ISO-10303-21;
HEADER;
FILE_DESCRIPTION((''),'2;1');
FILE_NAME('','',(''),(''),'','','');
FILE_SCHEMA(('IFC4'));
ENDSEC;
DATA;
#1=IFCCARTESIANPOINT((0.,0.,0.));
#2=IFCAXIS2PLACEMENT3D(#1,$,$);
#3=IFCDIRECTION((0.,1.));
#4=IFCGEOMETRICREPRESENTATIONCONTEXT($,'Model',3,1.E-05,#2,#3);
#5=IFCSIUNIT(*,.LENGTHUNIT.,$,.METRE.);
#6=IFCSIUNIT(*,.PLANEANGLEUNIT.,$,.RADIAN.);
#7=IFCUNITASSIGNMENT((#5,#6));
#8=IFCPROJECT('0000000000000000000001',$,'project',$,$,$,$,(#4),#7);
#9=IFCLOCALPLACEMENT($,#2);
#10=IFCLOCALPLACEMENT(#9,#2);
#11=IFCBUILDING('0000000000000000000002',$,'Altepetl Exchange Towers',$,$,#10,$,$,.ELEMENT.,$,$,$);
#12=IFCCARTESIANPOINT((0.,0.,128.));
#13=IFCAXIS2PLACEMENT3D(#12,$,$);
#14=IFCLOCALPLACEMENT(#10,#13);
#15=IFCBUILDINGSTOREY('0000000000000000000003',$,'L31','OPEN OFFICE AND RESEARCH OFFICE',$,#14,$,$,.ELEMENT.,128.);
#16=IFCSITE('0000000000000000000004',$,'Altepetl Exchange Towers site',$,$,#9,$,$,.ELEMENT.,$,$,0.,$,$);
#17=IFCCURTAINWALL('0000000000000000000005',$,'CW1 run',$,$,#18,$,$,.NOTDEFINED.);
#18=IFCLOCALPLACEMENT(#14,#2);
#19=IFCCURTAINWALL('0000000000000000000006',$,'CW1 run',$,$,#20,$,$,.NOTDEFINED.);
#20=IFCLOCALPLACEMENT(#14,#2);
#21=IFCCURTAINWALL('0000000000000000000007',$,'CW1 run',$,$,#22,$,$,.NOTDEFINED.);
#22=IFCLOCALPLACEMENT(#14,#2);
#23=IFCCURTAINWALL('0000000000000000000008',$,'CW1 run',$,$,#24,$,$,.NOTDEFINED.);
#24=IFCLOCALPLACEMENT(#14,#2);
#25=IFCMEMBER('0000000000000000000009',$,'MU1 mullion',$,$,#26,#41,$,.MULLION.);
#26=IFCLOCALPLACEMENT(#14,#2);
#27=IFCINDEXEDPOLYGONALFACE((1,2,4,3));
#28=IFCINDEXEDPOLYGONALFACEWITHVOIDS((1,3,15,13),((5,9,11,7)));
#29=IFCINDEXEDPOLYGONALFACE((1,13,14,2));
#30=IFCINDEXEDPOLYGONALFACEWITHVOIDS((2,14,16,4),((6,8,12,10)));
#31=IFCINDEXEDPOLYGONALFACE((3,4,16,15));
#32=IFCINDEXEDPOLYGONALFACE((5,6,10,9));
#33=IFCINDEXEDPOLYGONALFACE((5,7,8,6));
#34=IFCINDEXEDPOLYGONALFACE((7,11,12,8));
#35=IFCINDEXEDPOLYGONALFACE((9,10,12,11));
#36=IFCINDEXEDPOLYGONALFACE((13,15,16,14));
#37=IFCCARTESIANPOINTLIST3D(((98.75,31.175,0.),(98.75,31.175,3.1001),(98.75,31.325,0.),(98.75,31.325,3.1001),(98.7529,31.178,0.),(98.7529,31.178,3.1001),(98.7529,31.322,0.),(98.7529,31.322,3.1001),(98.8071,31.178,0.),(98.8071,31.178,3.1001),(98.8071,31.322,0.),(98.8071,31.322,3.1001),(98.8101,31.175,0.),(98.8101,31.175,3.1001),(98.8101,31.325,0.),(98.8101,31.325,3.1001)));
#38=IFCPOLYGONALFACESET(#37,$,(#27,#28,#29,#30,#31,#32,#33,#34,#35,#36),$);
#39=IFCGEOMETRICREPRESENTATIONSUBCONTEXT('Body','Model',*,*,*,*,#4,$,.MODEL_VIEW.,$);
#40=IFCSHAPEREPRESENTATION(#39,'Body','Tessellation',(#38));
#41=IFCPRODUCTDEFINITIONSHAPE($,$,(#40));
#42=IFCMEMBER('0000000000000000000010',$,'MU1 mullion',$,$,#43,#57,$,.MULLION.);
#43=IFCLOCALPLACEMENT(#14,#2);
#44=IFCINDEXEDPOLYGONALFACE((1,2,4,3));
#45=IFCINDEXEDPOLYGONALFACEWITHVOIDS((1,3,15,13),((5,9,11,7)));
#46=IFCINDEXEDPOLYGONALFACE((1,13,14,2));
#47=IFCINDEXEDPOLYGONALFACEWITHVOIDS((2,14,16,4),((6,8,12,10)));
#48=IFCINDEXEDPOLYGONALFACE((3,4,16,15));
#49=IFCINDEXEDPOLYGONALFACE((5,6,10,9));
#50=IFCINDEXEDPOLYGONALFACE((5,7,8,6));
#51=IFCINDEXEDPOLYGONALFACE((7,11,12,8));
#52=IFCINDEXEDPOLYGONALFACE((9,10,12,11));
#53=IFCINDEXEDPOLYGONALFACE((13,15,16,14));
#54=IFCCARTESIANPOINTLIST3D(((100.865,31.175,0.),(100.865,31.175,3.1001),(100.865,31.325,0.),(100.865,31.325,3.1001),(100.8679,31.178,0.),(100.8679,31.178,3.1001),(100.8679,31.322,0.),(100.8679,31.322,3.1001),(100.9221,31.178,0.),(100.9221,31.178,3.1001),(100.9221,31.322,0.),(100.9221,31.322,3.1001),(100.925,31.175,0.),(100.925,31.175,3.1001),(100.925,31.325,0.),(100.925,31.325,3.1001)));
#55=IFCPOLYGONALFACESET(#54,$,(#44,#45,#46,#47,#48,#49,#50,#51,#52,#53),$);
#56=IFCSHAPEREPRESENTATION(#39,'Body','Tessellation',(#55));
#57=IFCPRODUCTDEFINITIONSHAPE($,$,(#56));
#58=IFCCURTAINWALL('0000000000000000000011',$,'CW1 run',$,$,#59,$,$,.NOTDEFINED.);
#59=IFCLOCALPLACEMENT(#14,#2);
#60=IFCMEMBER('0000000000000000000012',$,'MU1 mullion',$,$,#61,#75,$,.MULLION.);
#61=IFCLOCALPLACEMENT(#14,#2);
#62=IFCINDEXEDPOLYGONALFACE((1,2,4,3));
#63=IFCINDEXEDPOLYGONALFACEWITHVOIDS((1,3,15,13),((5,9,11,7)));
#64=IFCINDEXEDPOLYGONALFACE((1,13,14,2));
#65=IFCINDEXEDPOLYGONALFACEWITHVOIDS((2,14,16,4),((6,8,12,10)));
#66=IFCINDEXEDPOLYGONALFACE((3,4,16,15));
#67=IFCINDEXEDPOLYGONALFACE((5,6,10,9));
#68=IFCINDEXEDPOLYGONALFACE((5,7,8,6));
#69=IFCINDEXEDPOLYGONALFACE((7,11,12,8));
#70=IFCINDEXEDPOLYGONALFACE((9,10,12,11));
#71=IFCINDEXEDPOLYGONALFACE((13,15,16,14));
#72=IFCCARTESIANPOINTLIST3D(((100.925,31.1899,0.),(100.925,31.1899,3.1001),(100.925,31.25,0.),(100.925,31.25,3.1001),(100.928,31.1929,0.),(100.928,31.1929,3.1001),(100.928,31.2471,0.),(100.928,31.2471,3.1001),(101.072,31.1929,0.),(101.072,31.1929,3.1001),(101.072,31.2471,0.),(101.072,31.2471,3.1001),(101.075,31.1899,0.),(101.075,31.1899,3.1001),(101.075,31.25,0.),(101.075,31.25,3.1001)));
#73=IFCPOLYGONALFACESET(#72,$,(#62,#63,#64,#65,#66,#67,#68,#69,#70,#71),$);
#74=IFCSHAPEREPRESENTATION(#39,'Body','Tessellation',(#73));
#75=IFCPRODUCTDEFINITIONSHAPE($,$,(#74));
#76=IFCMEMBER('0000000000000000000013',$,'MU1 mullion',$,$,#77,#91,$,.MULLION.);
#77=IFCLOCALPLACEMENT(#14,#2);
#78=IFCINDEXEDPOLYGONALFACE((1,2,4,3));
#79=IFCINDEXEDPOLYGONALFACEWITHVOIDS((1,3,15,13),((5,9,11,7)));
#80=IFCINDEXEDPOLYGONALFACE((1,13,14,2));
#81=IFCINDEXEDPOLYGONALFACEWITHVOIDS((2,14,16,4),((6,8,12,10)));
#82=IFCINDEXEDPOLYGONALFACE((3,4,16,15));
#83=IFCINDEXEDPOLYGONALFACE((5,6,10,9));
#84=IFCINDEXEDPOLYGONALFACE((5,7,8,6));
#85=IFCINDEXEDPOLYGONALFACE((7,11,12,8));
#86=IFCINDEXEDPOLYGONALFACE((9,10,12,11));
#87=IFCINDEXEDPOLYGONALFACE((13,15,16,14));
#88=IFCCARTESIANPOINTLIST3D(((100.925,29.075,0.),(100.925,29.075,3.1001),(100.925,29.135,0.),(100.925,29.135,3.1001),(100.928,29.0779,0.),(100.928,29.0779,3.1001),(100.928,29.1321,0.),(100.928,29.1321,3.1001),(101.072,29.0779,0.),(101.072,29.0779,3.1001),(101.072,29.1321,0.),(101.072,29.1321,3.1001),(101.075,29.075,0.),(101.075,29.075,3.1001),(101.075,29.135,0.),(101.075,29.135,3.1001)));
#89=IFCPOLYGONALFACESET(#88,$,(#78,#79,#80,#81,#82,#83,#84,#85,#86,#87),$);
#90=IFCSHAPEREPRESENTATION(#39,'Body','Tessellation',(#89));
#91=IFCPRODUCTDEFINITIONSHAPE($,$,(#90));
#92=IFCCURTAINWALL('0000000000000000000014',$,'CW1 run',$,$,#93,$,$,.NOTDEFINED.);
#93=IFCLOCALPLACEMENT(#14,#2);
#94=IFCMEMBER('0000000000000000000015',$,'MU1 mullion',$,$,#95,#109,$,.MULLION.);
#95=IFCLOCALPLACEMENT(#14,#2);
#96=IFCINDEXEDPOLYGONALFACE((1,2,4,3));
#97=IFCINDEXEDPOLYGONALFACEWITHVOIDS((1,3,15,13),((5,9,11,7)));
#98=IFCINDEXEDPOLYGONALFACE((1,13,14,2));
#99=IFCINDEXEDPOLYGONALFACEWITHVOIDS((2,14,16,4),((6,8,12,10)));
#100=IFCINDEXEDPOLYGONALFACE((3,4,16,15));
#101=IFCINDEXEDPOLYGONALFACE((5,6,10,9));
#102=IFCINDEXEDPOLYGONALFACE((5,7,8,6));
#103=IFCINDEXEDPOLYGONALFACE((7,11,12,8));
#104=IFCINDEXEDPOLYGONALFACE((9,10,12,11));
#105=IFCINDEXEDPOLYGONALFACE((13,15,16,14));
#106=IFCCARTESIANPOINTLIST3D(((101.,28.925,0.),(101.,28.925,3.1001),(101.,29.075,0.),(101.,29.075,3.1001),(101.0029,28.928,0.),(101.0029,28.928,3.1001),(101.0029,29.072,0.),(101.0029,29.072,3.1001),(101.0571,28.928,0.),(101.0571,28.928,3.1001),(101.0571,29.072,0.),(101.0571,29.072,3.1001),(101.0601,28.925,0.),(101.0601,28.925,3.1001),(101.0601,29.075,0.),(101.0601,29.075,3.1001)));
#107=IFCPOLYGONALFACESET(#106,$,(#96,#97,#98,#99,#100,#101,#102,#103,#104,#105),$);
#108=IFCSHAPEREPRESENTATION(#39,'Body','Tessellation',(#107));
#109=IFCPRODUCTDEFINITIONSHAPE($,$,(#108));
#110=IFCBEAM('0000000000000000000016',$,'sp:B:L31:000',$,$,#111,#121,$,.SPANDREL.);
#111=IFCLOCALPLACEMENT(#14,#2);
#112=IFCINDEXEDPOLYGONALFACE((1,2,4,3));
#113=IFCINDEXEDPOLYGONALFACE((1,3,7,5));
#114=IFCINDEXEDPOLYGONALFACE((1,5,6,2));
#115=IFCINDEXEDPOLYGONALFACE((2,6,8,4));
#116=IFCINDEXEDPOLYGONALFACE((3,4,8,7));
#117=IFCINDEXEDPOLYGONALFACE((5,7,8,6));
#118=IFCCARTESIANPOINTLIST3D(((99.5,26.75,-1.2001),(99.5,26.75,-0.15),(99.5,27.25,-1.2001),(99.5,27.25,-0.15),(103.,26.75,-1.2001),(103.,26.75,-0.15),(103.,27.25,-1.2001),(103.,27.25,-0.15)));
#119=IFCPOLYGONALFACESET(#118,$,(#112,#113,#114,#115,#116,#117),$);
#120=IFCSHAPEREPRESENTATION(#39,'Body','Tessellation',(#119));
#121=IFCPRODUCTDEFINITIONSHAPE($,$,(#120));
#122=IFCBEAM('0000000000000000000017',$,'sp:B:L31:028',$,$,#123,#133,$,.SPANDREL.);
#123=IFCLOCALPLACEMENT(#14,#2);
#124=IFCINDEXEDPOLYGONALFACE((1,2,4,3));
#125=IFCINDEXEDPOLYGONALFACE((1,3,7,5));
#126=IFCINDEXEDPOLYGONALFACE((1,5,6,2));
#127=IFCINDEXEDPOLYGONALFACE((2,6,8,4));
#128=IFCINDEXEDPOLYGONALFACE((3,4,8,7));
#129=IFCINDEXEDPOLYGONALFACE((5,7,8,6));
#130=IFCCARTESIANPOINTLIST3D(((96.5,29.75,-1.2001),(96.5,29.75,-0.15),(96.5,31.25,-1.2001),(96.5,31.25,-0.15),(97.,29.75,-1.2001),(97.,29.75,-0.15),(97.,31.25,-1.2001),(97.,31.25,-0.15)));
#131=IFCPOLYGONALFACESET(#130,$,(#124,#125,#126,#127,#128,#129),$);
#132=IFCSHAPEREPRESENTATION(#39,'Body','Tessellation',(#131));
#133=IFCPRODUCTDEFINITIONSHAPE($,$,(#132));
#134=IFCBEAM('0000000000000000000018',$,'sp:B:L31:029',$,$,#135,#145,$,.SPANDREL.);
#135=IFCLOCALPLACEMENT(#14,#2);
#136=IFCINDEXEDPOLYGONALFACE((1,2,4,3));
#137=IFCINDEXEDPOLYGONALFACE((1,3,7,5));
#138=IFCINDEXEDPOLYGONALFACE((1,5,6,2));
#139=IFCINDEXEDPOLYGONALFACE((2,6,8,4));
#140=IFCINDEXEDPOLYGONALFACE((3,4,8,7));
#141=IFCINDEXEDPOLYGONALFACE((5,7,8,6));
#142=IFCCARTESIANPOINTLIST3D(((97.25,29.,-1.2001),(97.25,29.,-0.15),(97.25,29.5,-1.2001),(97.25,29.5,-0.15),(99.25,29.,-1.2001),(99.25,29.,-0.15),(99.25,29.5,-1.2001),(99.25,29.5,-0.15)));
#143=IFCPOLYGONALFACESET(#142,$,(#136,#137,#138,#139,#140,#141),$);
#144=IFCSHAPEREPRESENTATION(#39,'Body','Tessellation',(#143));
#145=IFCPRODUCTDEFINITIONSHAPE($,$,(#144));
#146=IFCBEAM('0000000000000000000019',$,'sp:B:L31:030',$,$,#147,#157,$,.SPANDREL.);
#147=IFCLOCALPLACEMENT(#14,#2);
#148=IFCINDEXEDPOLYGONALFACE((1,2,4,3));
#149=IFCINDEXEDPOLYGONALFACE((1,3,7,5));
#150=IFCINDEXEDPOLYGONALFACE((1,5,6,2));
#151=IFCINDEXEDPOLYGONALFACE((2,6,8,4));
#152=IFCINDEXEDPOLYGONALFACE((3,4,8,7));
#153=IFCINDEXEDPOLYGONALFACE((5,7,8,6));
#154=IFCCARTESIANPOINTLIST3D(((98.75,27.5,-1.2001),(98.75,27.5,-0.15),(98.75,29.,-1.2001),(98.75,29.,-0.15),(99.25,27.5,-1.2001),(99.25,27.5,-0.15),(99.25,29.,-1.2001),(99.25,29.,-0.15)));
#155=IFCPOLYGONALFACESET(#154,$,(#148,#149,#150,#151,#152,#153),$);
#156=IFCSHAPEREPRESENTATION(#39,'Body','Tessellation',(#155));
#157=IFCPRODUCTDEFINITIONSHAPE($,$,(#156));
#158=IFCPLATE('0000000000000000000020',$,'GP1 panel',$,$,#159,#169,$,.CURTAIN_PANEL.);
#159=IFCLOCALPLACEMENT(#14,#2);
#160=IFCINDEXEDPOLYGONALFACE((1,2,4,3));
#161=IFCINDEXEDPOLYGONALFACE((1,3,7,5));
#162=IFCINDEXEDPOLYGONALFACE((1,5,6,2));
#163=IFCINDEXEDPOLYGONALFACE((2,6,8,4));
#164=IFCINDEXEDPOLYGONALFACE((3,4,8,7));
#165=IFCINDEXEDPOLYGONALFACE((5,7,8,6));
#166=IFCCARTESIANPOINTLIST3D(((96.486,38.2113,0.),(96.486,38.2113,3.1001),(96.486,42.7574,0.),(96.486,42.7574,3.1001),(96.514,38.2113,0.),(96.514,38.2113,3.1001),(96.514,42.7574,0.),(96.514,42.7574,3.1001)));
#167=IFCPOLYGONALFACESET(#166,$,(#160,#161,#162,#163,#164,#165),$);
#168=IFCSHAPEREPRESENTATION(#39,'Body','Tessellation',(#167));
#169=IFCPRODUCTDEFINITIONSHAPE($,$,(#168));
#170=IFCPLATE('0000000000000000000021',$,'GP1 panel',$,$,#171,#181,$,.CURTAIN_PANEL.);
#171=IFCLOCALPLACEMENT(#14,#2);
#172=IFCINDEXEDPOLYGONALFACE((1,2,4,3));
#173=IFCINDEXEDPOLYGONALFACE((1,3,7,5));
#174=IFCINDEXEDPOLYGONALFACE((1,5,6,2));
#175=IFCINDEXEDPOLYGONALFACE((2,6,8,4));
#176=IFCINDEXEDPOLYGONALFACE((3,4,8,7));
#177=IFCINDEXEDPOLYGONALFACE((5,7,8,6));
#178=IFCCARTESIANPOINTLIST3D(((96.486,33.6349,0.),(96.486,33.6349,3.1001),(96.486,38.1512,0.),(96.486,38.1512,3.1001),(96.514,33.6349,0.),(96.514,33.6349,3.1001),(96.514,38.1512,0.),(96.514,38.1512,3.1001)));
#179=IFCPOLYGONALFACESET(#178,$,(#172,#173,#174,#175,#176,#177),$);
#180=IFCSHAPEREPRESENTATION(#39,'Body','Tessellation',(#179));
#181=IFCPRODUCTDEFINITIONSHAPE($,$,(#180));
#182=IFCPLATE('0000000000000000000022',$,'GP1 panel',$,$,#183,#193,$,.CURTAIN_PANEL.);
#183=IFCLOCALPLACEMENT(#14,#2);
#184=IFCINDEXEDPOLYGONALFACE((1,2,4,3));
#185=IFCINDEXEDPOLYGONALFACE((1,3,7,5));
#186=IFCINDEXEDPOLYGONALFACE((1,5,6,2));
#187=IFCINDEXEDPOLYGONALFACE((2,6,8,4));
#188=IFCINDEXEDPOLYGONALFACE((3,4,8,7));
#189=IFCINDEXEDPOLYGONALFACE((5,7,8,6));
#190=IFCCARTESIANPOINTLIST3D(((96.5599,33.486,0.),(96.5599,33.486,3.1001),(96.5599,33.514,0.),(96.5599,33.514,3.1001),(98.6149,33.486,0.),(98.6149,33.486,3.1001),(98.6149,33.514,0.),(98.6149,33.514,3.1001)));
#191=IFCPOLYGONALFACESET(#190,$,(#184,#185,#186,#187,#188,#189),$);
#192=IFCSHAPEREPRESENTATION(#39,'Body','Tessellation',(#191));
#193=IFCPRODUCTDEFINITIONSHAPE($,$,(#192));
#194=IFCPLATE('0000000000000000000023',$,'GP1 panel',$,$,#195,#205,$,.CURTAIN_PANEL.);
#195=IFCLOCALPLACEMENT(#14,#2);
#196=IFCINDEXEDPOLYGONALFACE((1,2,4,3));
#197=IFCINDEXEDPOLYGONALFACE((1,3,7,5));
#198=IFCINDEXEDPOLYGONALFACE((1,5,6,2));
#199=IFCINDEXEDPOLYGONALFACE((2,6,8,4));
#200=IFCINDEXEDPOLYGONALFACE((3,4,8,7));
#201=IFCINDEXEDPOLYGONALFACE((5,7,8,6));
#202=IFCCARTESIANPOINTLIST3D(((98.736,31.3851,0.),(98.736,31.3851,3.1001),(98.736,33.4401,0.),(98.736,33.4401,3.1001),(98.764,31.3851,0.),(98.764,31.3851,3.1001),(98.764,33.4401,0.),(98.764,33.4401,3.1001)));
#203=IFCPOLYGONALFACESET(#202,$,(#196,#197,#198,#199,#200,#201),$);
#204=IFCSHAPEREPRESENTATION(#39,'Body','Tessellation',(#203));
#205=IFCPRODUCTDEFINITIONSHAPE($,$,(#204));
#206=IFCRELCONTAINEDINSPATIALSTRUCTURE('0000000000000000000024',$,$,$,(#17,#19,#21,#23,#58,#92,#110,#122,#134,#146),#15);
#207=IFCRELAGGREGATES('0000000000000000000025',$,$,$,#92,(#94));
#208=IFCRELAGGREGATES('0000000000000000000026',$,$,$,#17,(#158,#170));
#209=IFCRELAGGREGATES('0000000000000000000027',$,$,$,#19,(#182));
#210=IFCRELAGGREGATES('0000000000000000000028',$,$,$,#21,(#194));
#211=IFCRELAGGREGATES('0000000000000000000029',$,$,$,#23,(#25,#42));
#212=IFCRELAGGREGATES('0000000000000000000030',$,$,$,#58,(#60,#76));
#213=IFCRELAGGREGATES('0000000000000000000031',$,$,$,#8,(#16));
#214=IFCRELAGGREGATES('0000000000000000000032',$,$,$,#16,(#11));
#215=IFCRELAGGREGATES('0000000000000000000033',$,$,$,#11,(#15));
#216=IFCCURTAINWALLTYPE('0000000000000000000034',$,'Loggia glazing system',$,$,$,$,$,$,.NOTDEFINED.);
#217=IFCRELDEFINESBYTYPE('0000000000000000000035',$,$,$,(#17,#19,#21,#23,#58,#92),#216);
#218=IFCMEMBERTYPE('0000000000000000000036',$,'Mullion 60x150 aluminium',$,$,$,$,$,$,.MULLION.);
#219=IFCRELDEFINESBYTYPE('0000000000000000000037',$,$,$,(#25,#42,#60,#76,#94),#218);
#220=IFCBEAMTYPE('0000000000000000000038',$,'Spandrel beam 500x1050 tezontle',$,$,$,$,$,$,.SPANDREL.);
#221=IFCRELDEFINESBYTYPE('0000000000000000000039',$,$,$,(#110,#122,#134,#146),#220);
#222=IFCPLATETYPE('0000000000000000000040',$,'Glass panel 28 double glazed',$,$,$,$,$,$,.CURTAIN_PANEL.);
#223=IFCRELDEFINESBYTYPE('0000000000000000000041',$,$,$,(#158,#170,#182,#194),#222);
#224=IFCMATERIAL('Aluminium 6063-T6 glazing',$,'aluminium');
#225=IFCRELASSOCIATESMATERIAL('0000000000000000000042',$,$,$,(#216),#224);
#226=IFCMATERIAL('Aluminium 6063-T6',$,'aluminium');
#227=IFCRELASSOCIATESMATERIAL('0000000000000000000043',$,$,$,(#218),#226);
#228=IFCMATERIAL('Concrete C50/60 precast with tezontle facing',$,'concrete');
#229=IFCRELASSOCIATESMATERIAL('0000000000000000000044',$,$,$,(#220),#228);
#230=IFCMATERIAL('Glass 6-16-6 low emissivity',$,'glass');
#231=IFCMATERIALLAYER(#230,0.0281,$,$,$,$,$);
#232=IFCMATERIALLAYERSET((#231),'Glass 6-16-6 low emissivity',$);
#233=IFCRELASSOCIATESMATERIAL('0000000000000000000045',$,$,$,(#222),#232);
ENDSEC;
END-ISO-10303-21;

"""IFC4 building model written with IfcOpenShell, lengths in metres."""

from ifc_helpers import new_model, si_unit, direction, frame, origin, origin_2d, place, context, subcontext, project, spatial, rectangle, hollow_rectangle, extrude, material, layer, layer_set, material_profile, profile_set, type_object, element, aggregate, save


model = new_model("IFC4")

# Units and contexts
model_context = context("Model", 3, precision=1e-05, world=origin(), true_north=direction((0.0, 1.0)))
body_context = subcontext(model_context, "Body", "Model", "MODEL_VIEW")
ifc_project = project(units=[si_unit("LENGTHUNIT", "METRE"), si_unit("PLANEANGLEUNIT", "RADIAN")], contexts=[model_context])

# Site, building, storey
site_placement = place(None, origin())
site = spatial("IfcSite", under=ifc_project, at=site_placement, Name="Altepetl Exchange Towers site", CompositionType="ELEMENT", RefElevation=0.0)
building_placement = place(site_placement, origin())
building = spatial("IfcBuilding", under=site, at=building_placement, Name="Altepetl Exchange Towers", CompositionType="ELEMENT")
storey_placement = place(building_placement, frame((0.0, 0.0, 128.0)))
storey = spatial("IfcBuildingStorey", under=building, at=storey_placement, Name="L31", Description="OPEN OFFICE AND RESEARCH OFFICE", CompositionType="ELEMENT", Elevation=128.0)

# Curtain walls, members
ifc_material_1 = material(Name="Aluminium 6063-T6 glazing", Category="aluminium")
curtain_wall_type = type_object("IfcCurtainWallType", Name="Loggia glazing system", PredefinedType="NOTDEFINED", material=ifc_material_1)
curtain_wall_1_placement = place(storey_placement, origin())
curtain_wall_1 = element("IfcCurtainWall", 1, at=curtain_wall_1_placement, inside=storey, type_object=curtain_wall_type, Name="CW1 run", PredefinedType="NOTDEFINED")
ifc_material_2 = material(Name="Aluminium 6063-T6", Category="aluminium")
ifc_material_profile_1 = material_profile(ifc_material_2, hollow_rectangle(XDim=0.0601, YDim=0.1499, WallThickness=0.0029, at=origin_2d()), Name="Mullion 60x150 aluminium")
ifc_profile_set_1 = profile_set([ifc_material_profile_1], Name="Aluminium 6063-T6")
member_type = type_object("IfcMemberType", Name="Mullion 60x150 aluminium", PredefinedType="MULLION", material=ifc_profile_set_1)
curtain_wall_2_placement = place(storey_placement, origin())
curtain_wall_2 = element("IfcCurtainWall", 2, at=curtain_wall_2_placement, inside=storey, type_object=curtain_wall_type, Name="CW1 run", PredefinedType="NOTDEFINED")
curtain_wall_3_placement = place(storey_placement, origin())
curtain_wall_3 = element("IfcCurtainWall", 3, at=curtain_wall_3_placement, inside=storey, type_object=curtain_wall_type, Name="CW1 run", PredefinedType="NOTDEFINED")
curtain_wall_4_placement = place(storey_placement, origin())
curtain_wall_4 = element("IfcCurtainWall", 4, at=curtain_wall_4_placement, inside=storey, type_object=curtain_wall_type, Name="CW1 run", PredefinedType="NOTDEFINED")
member_1_placement = place(storey_placement, frame((98.78, 31.25, 0.0)))
member_1 = element("IfcMember", 5, at=member_1_placement, type_object=member_type, Name="MU1 mullion", PredefinedType="MULLION", context=body_context, shape_type="SweptSolid", body=[
    extrude(hollow_rectangle(XDim=0.0601, YDim=0.1499, WallThickness=0.0029, at=origin_2d()), origin(), (0.0, 0.0, 1.0), 3.1001),
])
member_2_placement = place(storey_placement, frame((100.895, 31.25, 0.0)))
member_2 = element("IfcMember", 6, at=member_2_placement, type_object=member_type, Name="MU1 mullion", PredefinedType="MULLION", context=body_context, shape_type="SweptSolid", body=[
    extrude(hollow_rectangle(XDim=0.0601, YDim=0.1499, WallThickness=0.0029, at=origin_2d()), origin(), (0.0, 0.0, 1.0), 3.1001),
])
curtain_wall_5_placement = place(storey_placement, origin())
curtain_wall_5 = element("IfcCurtainWall", 7, at=curtain_wall_5_placement, inside=storey, type_object=curtain_wall_type, Name="CW1 run", PredefinedType="NOTDEFINED")
member_3_placement = place(storey_placement, frame((101.0, 31.22, 0.0), z_axis=(0.0, 0.0, 1.0), x_axis=(0.0, -1.0, 0.0)))
member_3 = element("IfcMember", 8, at=member_3_placement, type_object=member_type, Name="MU1 mullion", PredefinedType="MULLION", context=body_context, shape_type="SweptSolid", body=[
    extrude(hollow_rectangle(XDim=0.0601, YDim=0.1499, WallThickness=0.0029, at=origin_2d()), origin(), (0.0, 0.0, 1.0), 3.1001),
])
member_4_placement = place(storey_placement, frame((101.0, 29.105, 0.0), z_axis=(0.0, 0.0, 1.0), x_axis=(0.0, -1.0, 0.0)))
member_4 = element("IfcMember", 9, at=member_4_placement, type_object=member_type, Name="MU1 mullion", PredefinedType="MULLION", context=body_context, shape_type="SweptSolid", body=[
    extrude(hollow_rectangle(XDim=0.0601, YDim=0.1499, WallThickness=0.0029, at=origin_2d()), origin(), (0.0, 0.0, 1.0), 3.1001),
])

# Curtain wall, member
curtain_wall_6_placement = place(storey_placement, origin())
curtain_wall_6 = element("IfcCurtainWall", 10, at=curtain_wall_6_placement, inside=storey, type_object=curtain_wall_type, Name="CW1 run", PredefinedType="NOTDEFINED")
member_5_placement = place(storey_placement, frame((101.03, 29.0, 0.0)))
member_5 = element("IfcMember", 11, at=member_5_placement, type_object=member_type, Name="MU1 mullion", PredefinedType="MULLION", context=body_context, shape_type="SweptSolid", body=[
    extrude(hollow_rectangle(XDim=0.0601, YDim=0.1499, WallThickness=0.0029, at=origin_2d()), origin(), (0.0, 0.0, 1.0), 3.1001),
])
aggregate(curtain_wall_6, [member_5])

# Beams
ifc_material_3 = material(Name="Concrete C50/60 precast with tezontle facing", Category="concrete")
ifc_material_profile_2 = material_profile(ifc_material_3, rectangle(XDim=0.5, YDim=1.05, at=origin_2d()), Name="500 x 1050")
ifc_profile_set_2 = profile_set([ifc_material_profile_2], Name="Concrete C50/60 precast with tezontle facing")
beam_type_1 = type_object("IfcBeamType", Name="Spandrel beam 500x1050 tezontle", PredefinedType="SPANDREL", material=ifc_profile_set_2)
beam_1_placement = place(storey_placement, frame((99.5, 27.0, -0.675), z_axis=(1.0, 0.0, 0.0), x_axis=(0.0, 1.0, 0.0)))
element("IfcBeam", 12, at=beam_1_placement, inside=storey, type_object=beam_type_1, Name="sp:B:L31:000", PredefinedType="SPANDREL", context=body_context, shape_type="SweptSolid", body=[
    extrude(rectangle(XDim=0.5, YDim=1.05, at=origin_2d()), origin(), (0.0, 0.0, 1.0), 3.5),
])
beam_2_placement = place(storey_placement, frame((96.75, 31.25, -0.675), z_axis=(0.0, -1.0, 0.0), x_axis=(1.0, 0.0, 0.0)))
element("IfcBeam", 13, at=beam_2_placement, inside=storey, type_object=beam_type_1, Name="sp:B:L31:028", PredefinedType="SPANDREL", context=body_context, shape_type="SweptSolid", body=[
    extrude(rectangle(XDim=0.5, YDim=1.05, at=origin_2d()), origin(), (0.0, 0.0, 1.0), 1.5),
])
beam_3_placement = place(storey_placement, frame((97.25, 29.25, -0.675), z_axis=(1.0, 0.0, 0.0), x_axis=(0.0, 1.0, 0.0)))
element("IfcBeam", 14, at=beam_3_placement, inside=storey, type_object=beam_type_1, Name="sp:B:L31:029", PredefinedType="SPANDREL", context=body_context, shape_type="SweptSolid", body=[
    extrude(rectangle(XDim=0.5, YDim=1.05, at=origin_2d()), origin(), (0.0, 0.0, 1.0), 2.0),
])
beam_4_placement = place(storey_placement, frame((99.0, 29.0, -0.675), z_axis=(0.0, -1.0, 0.0), x_axis=(1.0, 0.0, 0.0)))
element("IfcBeam", 15, at=beam_4_placement, inside=storey, type_object=beam_type_1, Name="sp:B:L31:030", PredefinedType="SPANDREL", context=body_context, shape_type="SweptSolid", body=[
    extrude(rectangle(XDim=0.5, YDim=1.05, at=origin_2d()), origin(), (0.0, 0.0, 1.0), 1.5),
])

# Plates
ifc_material_4 = material(Name="Glass 6-16-6 low emissivity", Category="glass")
ifc_layer_1 = layer(ifc_material_4, 0.0281)
ifc_layer_set_1 = layer_set([ifc_layer_1], Name="Glass 6-16-6 low emissivity")
plate_type = type_object("IfcPlateType", Name="Glass panel 28 double glazed", PredefinedType="CURTAIN_PANEL", material=ifc_layer_set_1)
plate_1_placement = place(storey_placement, frame((96.5, 40.4844, 0.0), z_axis=(0.0, 0.0, 1.0), x_axis=(0.0, -1.0, 0.0)))
plate_1 = element("IfcPlate", 16, at=plate_1_placement, type_object=plate_type, Name="GP1 panel", PredefinedType="CURTAIN_PANEL", context=body_context, shape_type="SweptSolid", body=[
    extrude(rectangle(XDim=4.5461, YDim=0.0281, at=origin_2d()), origin(), (0.0, 0.0, 1.0), 3.1001),
])
plate_2_placement = place(storey_placement, frame((96.5, 35.8931, 0.0), z_axis=(0.0, 0.0, 1.0), x_axis=(0.0, -1.0, 0.0)))
plate_2 = element("IfcPlate", 17, at=plate_2_placement, type_object=plate_type, Name="GP1 panel", PredefinedType="CURTAIN_PANEL", context=body_context, shape_type="SweptSolid", body=[
    extrude(rectangle(XDim=4.5164, YDim=0.0281, at=origin_2d()), origin(), (0.0, 0.0, 1.0), 3.1001),
])
aggregate(curtain_wall_1, [plate_1, plate_2])
plate_3_placement = place(storey_placement, frame((97.5874, 33.5, 0.0)))
plate_3 = element("IfcPlate", 18, at=plate_3_placement, type_object=plate_type, Name="GP1 panel", PredefinedType="CURTAIN_PANEL", context=body_context, shape_type="SweptSolid", body=[
    extrude(rectangle(XDim=2.0549, YDim=0.0281, at=origin_2d()), origin(), (0.0, 0.0, 1.0), 3.1001),
])
aggregate(curtain_wall_2, [plate_3])
plate_4_placement = place(storey_placement, frame((98.75, 32.4126, 0.0), z_axis=(0.0, 0.0, 1.0), x_axis=(0.0, -1.0, 0.0)))
plate_4 = element("IfcPlate", 19, at=plate_4_placement, type_object=plate_type, Name="GP1 panel", PredefinedType="CURTAIN_PANEL", context=body_context, shape_type="SweptSolid", body=[
    extrude(rectangle(XDim=2.0549, YDim=0.0281, at=origin_2d()), origin(), (0.0, 0.0, 1.0), 3.1001),
])
aggregate(curtain_wall_3, [plate_4])
aggregate(curtain_wall_4, [member_1, member_2])
aggregate(curtain_wall_5, [member_3, member_4])

save(model, "model.ifc")
